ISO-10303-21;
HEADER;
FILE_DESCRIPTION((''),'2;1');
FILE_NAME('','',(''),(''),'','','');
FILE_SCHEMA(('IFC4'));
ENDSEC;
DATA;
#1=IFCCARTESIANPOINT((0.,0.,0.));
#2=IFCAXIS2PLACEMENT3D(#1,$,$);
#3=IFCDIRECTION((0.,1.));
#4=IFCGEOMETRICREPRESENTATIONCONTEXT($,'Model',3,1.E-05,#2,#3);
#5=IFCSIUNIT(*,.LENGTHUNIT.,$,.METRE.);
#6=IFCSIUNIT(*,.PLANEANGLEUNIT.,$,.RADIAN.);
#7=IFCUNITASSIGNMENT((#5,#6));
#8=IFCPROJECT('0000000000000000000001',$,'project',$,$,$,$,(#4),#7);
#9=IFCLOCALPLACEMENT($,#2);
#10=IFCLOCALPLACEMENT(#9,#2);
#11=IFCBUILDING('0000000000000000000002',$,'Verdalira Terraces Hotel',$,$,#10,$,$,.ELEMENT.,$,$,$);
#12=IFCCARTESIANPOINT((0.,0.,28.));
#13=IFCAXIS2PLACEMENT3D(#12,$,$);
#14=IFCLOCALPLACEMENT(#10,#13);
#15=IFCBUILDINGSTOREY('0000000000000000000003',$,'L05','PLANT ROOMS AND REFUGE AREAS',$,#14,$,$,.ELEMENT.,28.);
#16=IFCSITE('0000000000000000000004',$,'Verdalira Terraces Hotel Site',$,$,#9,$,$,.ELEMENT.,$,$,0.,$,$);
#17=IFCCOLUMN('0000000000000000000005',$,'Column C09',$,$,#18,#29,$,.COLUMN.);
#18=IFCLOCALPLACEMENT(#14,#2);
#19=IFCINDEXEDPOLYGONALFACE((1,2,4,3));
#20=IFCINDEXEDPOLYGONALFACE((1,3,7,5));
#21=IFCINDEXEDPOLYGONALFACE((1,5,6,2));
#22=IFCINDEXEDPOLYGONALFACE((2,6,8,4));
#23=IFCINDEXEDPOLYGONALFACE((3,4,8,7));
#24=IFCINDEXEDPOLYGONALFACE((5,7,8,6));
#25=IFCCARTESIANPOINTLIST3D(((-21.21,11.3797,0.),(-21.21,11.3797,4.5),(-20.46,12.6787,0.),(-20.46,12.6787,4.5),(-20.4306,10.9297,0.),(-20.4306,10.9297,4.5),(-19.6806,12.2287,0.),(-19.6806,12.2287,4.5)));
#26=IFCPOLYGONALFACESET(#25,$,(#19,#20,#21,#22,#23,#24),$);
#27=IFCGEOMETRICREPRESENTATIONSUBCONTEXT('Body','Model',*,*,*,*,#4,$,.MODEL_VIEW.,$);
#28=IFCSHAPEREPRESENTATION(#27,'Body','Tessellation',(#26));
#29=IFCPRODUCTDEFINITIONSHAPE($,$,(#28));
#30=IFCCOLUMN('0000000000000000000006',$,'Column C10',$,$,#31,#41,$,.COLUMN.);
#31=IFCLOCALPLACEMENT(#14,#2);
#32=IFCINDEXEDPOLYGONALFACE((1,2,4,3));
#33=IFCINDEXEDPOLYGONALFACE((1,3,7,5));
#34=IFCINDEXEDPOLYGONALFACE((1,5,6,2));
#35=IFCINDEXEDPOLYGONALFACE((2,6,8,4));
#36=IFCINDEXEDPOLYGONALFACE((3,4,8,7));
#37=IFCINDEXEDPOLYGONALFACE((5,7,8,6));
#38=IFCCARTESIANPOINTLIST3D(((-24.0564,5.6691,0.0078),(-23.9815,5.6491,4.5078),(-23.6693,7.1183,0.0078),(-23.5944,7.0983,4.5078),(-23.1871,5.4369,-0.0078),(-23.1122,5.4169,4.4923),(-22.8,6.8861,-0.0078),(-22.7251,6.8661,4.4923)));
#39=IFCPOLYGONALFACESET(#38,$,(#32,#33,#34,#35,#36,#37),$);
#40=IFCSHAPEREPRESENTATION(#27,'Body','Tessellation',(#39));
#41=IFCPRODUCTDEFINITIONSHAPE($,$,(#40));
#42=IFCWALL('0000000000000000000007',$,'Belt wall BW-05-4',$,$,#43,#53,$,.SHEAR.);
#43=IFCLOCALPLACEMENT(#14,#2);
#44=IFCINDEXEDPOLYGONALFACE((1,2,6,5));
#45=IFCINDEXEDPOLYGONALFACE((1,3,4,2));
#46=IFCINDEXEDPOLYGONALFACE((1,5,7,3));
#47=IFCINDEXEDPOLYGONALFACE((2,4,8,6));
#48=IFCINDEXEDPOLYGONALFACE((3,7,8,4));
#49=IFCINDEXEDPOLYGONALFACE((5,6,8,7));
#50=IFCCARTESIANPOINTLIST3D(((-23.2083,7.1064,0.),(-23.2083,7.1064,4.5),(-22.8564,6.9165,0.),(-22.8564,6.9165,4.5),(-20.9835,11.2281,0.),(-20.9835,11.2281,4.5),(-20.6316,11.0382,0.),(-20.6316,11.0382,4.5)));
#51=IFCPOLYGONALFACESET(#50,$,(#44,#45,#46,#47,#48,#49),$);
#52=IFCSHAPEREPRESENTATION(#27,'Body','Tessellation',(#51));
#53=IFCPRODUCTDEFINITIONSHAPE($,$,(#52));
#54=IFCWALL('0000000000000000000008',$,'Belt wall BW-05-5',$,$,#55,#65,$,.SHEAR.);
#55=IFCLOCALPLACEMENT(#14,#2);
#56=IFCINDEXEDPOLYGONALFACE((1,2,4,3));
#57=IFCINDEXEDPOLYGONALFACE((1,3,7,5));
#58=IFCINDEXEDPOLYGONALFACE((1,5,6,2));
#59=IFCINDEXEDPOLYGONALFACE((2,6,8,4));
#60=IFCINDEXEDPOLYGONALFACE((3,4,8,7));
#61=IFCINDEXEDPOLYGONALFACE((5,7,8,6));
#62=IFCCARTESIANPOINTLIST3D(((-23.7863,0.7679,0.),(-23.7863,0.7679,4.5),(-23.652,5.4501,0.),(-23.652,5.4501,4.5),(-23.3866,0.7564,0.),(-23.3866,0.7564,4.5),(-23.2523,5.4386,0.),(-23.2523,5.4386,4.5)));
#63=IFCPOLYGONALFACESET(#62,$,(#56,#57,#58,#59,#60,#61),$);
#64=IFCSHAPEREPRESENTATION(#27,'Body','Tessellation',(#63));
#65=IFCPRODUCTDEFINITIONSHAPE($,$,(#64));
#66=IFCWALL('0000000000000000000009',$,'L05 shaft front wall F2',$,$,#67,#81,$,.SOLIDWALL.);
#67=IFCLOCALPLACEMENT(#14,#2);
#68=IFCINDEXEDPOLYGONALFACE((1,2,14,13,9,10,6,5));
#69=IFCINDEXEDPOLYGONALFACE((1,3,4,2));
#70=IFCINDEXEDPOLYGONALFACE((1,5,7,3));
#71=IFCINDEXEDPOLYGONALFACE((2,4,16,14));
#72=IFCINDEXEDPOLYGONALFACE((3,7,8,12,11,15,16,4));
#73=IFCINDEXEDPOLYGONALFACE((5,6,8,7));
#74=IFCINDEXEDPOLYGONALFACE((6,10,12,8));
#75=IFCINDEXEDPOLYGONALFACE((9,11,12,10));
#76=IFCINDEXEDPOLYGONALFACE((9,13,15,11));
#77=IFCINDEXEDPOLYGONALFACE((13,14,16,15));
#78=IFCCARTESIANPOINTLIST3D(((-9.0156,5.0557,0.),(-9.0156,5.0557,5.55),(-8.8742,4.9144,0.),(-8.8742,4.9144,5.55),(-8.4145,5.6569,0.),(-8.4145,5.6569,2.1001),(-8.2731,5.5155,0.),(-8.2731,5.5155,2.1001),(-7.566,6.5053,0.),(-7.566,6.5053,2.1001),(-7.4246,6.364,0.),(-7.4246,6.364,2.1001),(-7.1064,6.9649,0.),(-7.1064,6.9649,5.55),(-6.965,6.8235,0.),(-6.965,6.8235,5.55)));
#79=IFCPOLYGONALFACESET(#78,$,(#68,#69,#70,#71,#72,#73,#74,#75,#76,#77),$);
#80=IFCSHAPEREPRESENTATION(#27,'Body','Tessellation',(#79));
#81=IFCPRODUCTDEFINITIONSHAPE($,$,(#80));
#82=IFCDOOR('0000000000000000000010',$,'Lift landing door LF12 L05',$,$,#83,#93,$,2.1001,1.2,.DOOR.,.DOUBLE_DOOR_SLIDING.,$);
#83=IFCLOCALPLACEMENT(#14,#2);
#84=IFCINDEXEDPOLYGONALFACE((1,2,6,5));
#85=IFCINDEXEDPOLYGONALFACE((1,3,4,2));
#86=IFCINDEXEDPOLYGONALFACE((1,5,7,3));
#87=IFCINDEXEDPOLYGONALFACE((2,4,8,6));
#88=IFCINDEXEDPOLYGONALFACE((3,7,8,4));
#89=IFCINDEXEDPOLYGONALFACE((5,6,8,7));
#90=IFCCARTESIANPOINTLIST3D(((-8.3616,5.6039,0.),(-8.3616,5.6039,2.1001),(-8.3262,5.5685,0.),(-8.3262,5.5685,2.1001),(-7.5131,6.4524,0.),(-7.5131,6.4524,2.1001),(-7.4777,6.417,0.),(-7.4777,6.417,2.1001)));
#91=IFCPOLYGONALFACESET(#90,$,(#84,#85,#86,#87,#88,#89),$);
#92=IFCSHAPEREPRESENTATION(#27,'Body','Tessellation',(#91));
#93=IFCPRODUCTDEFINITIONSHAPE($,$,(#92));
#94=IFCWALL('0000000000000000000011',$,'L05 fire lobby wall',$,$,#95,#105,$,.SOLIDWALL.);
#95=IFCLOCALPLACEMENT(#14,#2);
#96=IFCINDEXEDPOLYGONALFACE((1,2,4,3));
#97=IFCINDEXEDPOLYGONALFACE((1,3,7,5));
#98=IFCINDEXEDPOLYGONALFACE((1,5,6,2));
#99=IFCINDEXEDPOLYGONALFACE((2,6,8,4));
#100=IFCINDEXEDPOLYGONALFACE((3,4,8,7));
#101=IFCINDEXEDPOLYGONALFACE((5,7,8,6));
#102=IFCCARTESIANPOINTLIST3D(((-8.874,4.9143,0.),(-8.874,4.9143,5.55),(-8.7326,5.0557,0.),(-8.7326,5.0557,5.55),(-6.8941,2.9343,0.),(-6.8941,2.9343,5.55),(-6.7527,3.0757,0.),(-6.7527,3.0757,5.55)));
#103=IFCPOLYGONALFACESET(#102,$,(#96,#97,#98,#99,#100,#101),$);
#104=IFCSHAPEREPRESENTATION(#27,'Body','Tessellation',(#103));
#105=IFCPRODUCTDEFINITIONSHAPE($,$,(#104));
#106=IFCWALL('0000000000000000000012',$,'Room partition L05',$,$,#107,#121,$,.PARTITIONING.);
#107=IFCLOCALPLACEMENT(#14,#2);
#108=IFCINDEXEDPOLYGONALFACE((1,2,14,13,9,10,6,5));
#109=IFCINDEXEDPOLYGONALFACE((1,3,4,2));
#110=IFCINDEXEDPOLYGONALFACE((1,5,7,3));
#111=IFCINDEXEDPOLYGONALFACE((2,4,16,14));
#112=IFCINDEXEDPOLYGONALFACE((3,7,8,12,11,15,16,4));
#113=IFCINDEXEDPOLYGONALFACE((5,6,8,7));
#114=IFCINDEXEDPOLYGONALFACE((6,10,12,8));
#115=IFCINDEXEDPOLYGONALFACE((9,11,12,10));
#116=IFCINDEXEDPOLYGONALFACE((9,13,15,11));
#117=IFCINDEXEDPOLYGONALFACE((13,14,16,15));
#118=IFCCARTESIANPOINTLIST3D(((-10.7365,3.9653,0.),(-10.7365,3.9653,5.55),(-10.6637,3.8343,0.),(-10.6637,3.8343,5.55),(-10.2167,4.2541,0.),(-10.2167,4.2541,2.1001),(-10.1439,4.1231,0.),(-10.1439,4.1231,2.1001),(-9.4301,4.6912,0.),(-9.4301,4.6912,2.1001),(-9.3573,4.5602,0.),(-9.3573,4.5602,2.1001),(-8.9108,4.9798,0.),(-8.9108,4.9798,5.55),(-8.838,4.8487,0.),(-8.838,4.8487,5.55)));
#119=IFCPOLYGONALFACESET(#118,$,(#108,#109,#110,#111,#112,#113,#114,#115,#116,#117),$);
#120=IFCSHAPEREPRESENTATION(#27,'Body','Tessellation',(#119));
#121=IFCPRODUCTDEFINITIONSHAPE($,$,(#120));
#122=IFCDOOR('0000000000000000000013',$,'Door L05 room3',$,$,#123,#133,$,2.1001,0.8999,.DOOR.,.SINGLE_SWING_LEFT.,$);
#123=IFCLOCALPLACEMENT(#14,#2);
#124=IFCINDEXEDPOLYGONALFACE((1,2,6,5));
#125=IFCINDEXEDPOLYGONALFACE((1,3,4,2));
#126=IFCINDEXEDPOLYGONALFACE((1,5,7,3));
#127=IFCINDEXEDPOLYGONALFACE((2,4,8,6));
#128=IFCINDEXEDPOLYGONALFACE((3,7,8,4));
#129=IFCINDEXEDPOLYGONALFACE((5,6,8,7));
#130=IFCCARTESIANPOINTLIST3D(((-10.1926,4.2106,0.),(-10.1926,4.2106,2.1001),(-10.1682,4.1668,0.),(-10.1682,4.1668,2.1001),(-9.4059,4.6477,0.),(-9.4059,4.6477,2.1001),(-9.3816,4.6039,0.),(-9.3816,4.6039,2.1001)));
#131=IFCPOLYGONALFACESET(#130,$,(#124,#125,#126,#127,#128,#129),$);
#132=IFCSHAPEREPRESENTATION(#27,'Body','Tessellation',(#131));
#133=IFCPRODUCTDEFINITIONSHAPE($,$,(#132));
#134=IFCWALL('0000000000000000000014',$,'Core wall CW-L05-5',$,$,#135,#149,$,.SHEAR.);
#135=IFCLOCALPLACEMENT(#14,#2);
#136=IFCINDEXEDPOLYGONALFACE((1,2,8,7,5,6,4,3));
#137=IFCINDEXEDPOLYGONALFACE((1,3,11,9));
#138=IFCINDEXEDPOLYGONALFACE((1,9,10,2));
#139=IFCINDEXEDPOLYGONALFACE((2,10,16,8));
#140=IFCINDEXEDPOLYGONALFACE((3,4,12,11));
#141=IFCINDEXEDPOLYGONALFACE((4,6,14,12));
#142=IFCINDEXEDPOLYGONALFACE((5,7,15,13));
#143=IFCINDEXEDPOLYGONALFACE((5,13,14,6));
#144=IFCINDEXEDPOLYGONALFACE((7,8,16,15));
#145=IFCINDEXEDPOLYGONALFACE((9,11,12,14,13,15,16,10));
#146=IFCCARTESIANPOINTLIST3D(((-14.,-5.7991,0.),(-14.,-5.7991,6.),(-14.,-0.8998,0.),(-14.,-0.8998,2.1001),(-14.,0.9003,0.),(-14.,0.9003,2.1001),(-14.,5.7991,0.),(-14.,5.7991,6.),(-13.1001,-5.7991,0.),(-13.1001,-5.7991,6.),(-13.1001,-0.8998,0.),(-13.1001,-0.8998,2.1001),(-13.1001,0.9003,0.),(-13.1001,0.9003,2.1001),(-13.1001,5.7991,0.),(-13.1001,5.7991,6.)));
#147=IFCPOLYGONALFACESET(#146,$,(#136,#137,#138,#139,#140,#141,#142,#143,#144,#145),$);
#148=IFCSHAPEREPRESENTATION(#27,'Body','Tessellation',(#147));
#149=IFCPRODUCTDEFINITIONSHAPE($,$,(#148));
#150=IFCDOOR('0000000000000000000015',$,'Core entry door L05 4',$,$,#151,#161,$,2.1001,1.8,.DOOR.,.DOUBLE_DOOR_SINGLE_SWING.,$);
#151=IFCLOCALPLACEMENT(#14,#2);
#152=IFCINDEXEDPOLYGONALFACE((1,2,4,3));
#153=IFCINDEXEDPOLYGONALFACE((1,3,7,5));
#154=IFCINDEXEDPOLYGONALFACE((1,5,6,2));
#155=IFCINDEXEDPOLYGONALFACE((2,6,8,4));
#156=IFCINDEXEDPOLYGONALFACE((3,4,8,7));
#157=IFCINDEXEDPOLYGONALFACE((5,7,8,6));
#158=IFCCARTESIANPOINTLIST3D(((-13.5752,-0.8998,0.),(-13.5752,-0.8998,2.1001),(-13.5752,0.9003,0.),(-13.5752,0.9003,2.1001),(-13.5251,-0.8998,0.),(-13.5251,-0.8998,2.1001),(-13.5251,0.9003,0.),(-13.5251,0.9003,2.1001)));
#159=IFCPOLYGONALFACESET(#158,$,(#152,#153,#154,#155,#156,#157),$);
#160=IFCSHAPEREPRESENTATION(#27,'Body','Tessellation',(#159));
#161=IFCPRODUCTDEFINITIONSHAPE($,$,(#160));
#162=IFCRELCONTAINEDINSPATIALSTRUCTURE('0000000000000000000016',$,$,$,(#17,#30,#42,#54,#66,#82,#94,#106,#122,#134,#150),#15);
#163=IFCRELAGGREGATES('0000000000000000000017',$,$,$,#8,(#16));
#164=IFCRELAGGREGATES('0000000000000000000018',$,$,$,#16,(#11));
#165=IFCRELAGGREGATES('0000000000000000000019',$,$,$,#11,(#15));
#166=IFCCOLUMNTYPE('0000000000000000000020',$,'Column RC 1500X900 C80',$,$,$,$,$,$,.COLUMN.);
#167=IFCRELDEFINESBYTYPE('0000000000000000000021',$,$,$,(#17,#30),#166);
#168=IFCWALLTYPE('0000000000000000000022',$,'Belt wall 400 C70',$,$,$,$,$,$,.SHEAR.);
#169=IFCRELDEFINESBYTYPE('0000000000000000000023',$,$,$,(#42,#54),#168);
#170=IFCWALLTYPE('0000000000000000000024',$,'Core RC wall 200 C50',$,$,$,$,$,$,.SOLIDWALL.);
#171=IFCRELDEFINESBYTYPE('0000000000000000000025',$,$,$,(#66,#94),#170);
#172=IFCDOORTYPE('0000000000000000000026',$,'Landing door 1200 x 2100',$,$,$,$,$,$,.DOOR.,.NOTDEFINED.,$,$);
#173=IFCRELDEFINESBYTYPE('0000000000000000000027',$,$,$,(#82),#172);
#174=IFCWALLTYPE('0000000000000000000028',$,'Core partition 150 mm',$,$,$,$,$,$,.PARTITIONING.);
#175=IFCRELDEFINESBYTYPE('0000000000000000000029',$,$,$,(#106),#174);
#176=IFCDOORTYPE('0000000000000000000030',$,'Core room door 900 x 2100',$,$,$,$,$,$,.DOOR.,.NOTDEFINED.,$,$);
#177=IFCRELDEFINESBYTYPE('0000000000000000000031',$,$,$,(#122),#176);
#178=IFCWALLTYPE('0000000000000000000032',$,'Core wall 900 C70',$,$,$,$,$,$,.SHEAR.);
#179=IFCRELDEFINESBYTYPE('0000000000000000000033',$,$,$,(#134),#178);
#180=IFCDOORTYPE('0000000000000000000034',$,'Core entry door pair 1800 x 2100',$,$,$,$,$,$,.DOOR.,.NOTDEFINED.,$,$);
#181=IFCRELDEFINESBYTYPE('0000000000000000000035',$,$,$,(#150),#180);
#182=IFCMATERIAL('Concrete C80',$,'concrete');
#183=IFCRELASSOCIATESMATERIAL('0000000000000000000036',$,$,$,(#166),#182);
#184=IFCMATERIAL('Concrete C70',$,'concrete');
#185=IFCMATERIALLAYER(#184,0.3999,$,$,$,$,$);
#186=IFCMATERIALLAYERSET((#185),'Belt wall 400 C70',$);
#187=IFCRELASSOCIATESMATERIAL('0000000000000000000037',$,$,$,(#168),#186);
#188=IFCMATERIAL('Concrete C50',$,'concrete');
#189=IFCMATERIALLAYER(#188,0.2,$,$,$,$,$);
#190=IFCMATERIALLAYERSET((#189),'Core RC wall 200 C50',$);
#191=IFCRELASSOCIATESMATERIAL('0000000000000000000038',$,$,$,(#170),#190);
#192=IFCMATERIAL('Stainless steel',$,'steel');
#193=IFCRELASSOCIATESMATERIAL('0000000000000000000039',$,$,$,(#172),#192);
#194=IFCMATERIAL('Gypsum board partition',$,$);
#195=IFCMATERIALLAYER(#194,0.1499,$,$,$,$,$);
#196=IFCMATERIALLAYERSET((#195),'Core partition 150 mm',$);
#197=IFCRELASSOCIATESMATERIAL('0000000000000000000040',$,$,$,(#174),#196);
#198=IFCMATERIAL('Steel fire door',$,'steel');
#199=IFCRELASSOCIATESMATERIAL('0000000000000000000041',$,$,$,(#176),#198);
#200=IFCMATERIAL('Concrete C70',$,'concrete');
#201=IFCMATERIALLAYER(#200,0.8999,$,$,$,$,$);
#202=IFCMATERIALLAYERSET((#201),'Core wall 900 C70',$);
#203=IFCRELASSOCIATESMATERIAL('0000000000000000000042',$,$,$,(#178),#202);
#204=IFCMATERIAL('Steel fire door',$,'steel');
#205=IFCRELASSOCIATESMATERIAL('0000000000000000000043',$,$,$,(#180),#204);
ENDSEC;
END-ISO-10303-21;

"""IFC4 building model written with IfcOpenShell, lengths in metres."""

from ifc_helpers import new_model, si_unit, direction, frame, frame_2d, origin, origin_2d, place, context, subcontext, project, spatial, rectangle, extrude, material, layer, layer_set, material_profile, profile_set, type_object, element, fill, save


model = new_model("IFC4")

# Units and contexts
model_context = context("Model", 3, precision=1e-05, world=origin(), true_north=direction((0.0, 1.0)))
body_context = subcontext(model_context, "Body", "Model", "MODEL_VIEW")
ifc_project = project(units=[si_unit("LENGTHUNIT", "METRE"), si_unit("PLANEANGLEUNIT", "RADIAN")], contexts=[model_context])

# Site, building, storey
site_placement = place(None, origin())
site = spatial("IfcSite", under=ifc_project, at=site_placement, Name="Verdalira Terraces Hotel Site", CompositionType="ELEMENT", RefElevation=0.0)
building_placement = place(site_placement, origin())
building = spatial("IfcBuilding", under=site, at=building_placement, Name="Verdalira Terraces Hotel", CompositionType="ELEMENT")
storey_placement = place(building_placement, frame((0.0, 0.0, 28.0)))
storey = spatial("IfcBuildingStorey", under=building, at=storey_placement, Name="L05", Description="PLANT ROOMS AND REFUGE AREAS", CompositionType="ELEMENT", Elevation=28.0)

# Columns
ifc_material_1 = material(Name="Concrete C80", Category="concrete")
ifc_material_profile = material_profile(ifc_material_1, rectangle(XDim=1.5, YDim=0.8999, at=origin_2d()), Name="RC 1500X900")
ifc_profile_set = profile_set([ifc_material_profile], Name="Concrete C80")
column_type = type_object("IfcColumnType", Name="Column RC 1500X900 C80", PredefinedType="COLUMN", material=ifc_profile_set)
column_1_placement = place(storey_placement, frame((-20.4453, 11.8042, 0.0), z_axis=(0.0, 0.0, 1.0), x_axis=(-0.5, -0.866025, 0.0)))
element("IfcColumn", 1, at=column_1_placement, inside=storey, type_object=column_type, Name="Column C09", PredefinedType="COLUMN", context=body_context, shape_type="SweptSolid", body=[
    extrude(rectangle(XDim=1.5, YDim=0.8999, at=origin_2d()), origin(), (0.0, 0.0, 1.0), 4.5),
])
column_2_placement = place(storey_placement, frame((-23.4282, 6.2776, 0.0), z_axis=(0.016653, -0.004448, 0.999851), x_axis=(0.258054, 0.96613, 0.0)))
element("IfcColumn", 2, at=column_2_placement, inside=storey, type_object=column_type, Name="Column C10", PredefinedType="COLUMN", context=body_context, shape_type="SweptSolid", body=[
    extrude(rectangle(XDim=1.5, YDim=0.8999, at=origin_2d()), origin(), (0.0, 0.0, 1.0), 4.5007),
])

# Walls
ifc_material_2 = material(Name="Concrete C70", Category="concrete")
ifc_layer_1 = layer(ifc_material_2, 0.3999)
ifc_layer_set_1 = layer_set([ifc_layer_1], Name="Belt wall 400 C70")
wall_type_1 = type_object("IfcWallType", Name="Belt wall 400 C70", PredefinedType="SHEAR", material=ifc_layer_set_1)
wall_1_placement = place(storey_placement, frame((-20.8076, 11.1331, 0.0), z_axis=(0.0, 0.0, 1.0), x_axis=(-0.474995, -0.879989, 0.0)))
element("IfcWall", 3, at=wall_1_placement, inside=storey, type_object=wall_type_1, Name="Belt wall BW-05-4", PredefinedType="SHEAR", context=body_context, shape_type="SweptSolid", body=[
    extrude(rectangle(XDim=4.6838, YDim=0.3999, at=frame_2d((2.3418, 0.0))), origin(), (0.0, 0.0, 1.0), 4.5),
])
wall_2_placement = place(storey_placement, frame((-23.4521, 5.4443, 0.0), z_axis=(0.0, 0.0, 1.0), x_axis=(-0.028667, -0.999589, 0.0)))
element("IfcWall", 4, at=wall_2_placement, inside=storey, type_object=wall_type_1, Name="Belt wall BW-05-5", PredefinedType="SHEAR", context=body_context, shape_type="SweptSolid", body=[
    extrude(rectangle(XDim=4.6841, YDim=0.3999, at=frame_2d((2.342, 0.0))), origin(), (0.0, 0.0, 1.0), 4.5),
])

# Wall, opening, door
ifc_material_3 = material(Name="Concrete C50", Category="concrete")
ifc_layer_2 = layer(ifc_material_3, 0.2)
ifc_layer_set_2 = layer_set([ifc_layer_2], Name="Core RC wall 200 C50")
wall_type_2 = type_object("IfcWallType", Name="Core RC wall 200 C50", PredefinedType="SOLIDWALL", material=ifc_layer_set_2)
wall_3_placement = place(storey_placement, frame((-7.0356, 6.8943, 0.0), z_axis=(0.0, 0.0, 1.0), x_axis=(-0.707107, -0.707107, 0.0)))
wall_3 = element("IfcWall", 5, at=wall_3_placement, inside=storey, type_object=wall_type_2, Name="L05 shaft front wall F2", PredefinedType="SOLIDWALL", context=body_context, shape_type="SweptSolid", body=[
    extrude(rectangle(XDim=2.7, YDim=0.2, at=frame_2d((1.3501, 0.0))), origin(), (0.0, 0.0, 1.0), 5.55),
])
opening_1_placement = place(wall_3_placement, frame((0.6499, 0.0, 0.0)))
opening_1 = element("IfcOpeningElement", 6, at=opening_1_placement, cuts=wall_3, PredefinedType="OPENING", context=body_context, shape_type="SweptSolid", body=[
    extrude(rectangle(XDim=1.2, YDim=2.1001, at=frame_2d((0.6001, 1.05))), frame((0.0, 0.1099, 0.0), z_axis=(0.0, -1.0, 0.0), x_axis=(1.0, 0.0, 0.0)), (0.0, 0.0, 1.0), 0.22),
])
ifc_material_4 = material(Name="Stainless steel", Category="steel")
door_type_1 = type_object("IfcDoorType", Name="Landing door 1200 x 2100", OperationType="NOTDEFINED", PredefinedType="DOOR", material=ifc_material_4)
door_1_placement = place(opening_1_placement, origin())
door_1 = element("IfcDoor", 7, at=door_1_placement, inside=storey, type_object=door_type_1, Name="Lift landing door LF12 L05", OperationType="DOUBLE_DOOR_SLIDING", OverallHeight=2.1001, OverallWidth=1.2, PredefinedType="DOOR", context=body_context, shape_type="SweptSolid", body=[
    extrude(rectangle(XDim=1.2, YDim=2.1001, at=frame_2d((0.6001, 1.05))), frame((0.0, 0.0249, 0.0), z_axis=(0.0, -1.0, 0.0), x_axis=(1.0, 0.0, 0.0)), (0.0, 0.0, 1.0), 0.05),
])
fill(opening_1, door_1)

# Wall
wall_4_placement = place(storey_placement, frame((-6.8235, 3.0051, 0.0), z_axis=(0.0, 0.0, 1.0), x_axis=(-0.707107, 0.707107, 0.0)))
element("IfcWall", 8, at=wall_4_placement, inside=storey, type_object=wall_type_2, Name="L05 fire lobby wall", PredefinedType="SOLIDWALL", context=body_context, shape_type="SweptSolid", body=[
    extrude(rectangle(XDim=2.8, YDim=0.2, at=frame_2d((1.3999, 0.0))), origin(), (0.0, 0.0, 1.0), 5.55),
])

# Walls, openings, doors
ifc_material_5 = material(Name="Gypsum board partition")
ifc_layer_3 = layer(ifc_material_5, 0.1499)
ifc_layer_set_3 = layer_set([ifc_layer_3], Name="Core partition 150 mm")
wall_type_3 = type_object("IfcWallType", Name="Core partition 150 mm", PredefinedType="PARTITIONING", material=ifc_layer_set_3)
wall_5_placement = place(storey_placement, frame((-8.8743, 4.9143, 0.0), z_axis=(0.0, 0.0, 1.0), x_axis=(-0.87413, -0.485693, 0.0)))
wall_5 = element("IfcWall", 9, at=wall_5_placement, inside=storey, type_object=wall_type_3, Name="Room partition L05", PredefinedType="PARTITIONING", context=body_context, shape_type="SweptSolid", body=[
    extrude(rectangle(XDim=2.0886, YDim=0.1499, at=frame_2d((1.0444, 0.0))), origin(), (0.0, 0.0, 1.0), 5.55),
])
opening_2_placement = place(wall_5_placement, frame((0.5942, 0.0, 0.0)))
opening_2 = element("IfcOpeningElement", 10, at=opening_2_placement, cuts=wall_5, PredefinedType="OPENING", context=body_context, shape_type="SweptSolid", body=[
    extrude(rectangle(XDim=0.8999, YDim=2.1001, at=frame_2d((0.45, 1.05))), frame((0.0, 0.085, 0.0), z_axis=(0.0, -1.0, 0.0), x_axis=(1.0, 0.0, 0.0)), (0.0, 0.0, 1.0), 0.1699),
])
ifc_material_6 = material(Name="Steel fire door", Category="steel")
door_type_2 = type_object("IfcDoorType", Name="Core room door 900 x 2100", OperationType="NOTDEFINED", PredefinedType="DOOR", material=ifc_material_6)
door_2_placement = place(opening_2_placement, origin())
door_2 = element("IfcDoor", 11, at=door_2_placement, inside=storey, type_object=door_type_2, Name="Door L05 room3", OperationType="SINGLE_SWING_LEFT", OverallHeight=2.1001, OverallWidth=0.8999, PredefinedType="DOOR", context=body_context, shape_type="SweptSolid", body=[
    extrude(rectangle(XDim=0.8999, YDim=2.1001, at=frame_2d((0.45, 1.05))), frame((0.0, 0.0249, 0.0), z_axis=(0.0, -1.0, 0.0), x_axis=(1.0, 0.0, 0.0)), (0.0, 0.0, 1.0), 0.05),
])
fill(opening_2, door_2)
ifc_material_7 = material(Name="Concrete C70", Category="concrete")
ifc_layer_4 = layer(ifc_material_7, 0.8999)
ifc_layer_set_4 = layer_set([ifc_layer_4], Name="Core wall 900 C70")
wall_type_4 = type_object("IfcWallType", Name="Core wall 900 C70", PredefinedType="SHEAR", material=ifc_layer_set_4)
wall_6_placement = place(storey_placement, frame((-13.55, 5.7991, 0.0), z_axis=(0.0, 0.0, 1.0), x_axis=(0.0, -1.0, 0.0)))
wall_6 = element("IfcWall", 12, at=wall_6_placement, inside=storey, type_object=wall_type_4, Name="Core wall CW-L05-5", PredefinedType="SHEAR", context=body_context, shape_type="SweptSolid", body=[
    extrude(rectangle(XDim=11.5981, YDim=0.8999, at=frame_2d((5.7991, 0.0))), origin(), (0.0, 0.0, 1.0), 6.0),
])
opening_3_placement = place(wall_6_placement, frame((4.8989, 0.0, 0.0)))
opening_3 = element("IfcOpeningElement", 13, at=opening_3_placement, cuts=wall_6, PredefinedType="OPENING", context=body_context, shape_type="SweptSolid", body=[
    extrude(rectangle(XDim=1.8, YDim=2.1001, at=frame_2d((0.8999, 1.05))), frame((0.0, 0.46, 0.0), z_axis=(0.0, -1.0, 0.0), x_axis=(1.0, 0.0, 0.0)), (0.0, 0.0, 1.0), 0.9199),
])
ifc_material_8 = material(Name="Steel fire door", Category="steel")
door_type_3 = type_object("IfcDoorType", Name="Core entry door pair 1800 x 2100", OperationType="NOTDEFINED", PredefinedType="DOOR", material=ifc_material_8)
door_3_placement = place(opening_3_placement, origin())
door_3 = element("IfcDoor", 14, at=door_3_placement, inside=storey, type_object=door_type_3, Name="Core entry door L05 4", OperationType="DOUBLE_DOOR_SINGLE_SWING", OverallHeight=2.1001, OverallWidth=1.8, PredefinedType="DOOR", context=body_context, shape_type="SweptSolid", body=[
    extrude(rectangle(XDim=1.8, YDim=2.1001, at=frame_2d((0.8999, 1.05))), frame((0.0, 0.0249, 0.0), z_axis=(0.0, -1.0, 0.0), x_axis=(1.0, 0.0, 0.0)), (0.0, 0.0, 1.0), 0.05),
])
fill(opening_3, door_3)

save(model, "model.ifc")
